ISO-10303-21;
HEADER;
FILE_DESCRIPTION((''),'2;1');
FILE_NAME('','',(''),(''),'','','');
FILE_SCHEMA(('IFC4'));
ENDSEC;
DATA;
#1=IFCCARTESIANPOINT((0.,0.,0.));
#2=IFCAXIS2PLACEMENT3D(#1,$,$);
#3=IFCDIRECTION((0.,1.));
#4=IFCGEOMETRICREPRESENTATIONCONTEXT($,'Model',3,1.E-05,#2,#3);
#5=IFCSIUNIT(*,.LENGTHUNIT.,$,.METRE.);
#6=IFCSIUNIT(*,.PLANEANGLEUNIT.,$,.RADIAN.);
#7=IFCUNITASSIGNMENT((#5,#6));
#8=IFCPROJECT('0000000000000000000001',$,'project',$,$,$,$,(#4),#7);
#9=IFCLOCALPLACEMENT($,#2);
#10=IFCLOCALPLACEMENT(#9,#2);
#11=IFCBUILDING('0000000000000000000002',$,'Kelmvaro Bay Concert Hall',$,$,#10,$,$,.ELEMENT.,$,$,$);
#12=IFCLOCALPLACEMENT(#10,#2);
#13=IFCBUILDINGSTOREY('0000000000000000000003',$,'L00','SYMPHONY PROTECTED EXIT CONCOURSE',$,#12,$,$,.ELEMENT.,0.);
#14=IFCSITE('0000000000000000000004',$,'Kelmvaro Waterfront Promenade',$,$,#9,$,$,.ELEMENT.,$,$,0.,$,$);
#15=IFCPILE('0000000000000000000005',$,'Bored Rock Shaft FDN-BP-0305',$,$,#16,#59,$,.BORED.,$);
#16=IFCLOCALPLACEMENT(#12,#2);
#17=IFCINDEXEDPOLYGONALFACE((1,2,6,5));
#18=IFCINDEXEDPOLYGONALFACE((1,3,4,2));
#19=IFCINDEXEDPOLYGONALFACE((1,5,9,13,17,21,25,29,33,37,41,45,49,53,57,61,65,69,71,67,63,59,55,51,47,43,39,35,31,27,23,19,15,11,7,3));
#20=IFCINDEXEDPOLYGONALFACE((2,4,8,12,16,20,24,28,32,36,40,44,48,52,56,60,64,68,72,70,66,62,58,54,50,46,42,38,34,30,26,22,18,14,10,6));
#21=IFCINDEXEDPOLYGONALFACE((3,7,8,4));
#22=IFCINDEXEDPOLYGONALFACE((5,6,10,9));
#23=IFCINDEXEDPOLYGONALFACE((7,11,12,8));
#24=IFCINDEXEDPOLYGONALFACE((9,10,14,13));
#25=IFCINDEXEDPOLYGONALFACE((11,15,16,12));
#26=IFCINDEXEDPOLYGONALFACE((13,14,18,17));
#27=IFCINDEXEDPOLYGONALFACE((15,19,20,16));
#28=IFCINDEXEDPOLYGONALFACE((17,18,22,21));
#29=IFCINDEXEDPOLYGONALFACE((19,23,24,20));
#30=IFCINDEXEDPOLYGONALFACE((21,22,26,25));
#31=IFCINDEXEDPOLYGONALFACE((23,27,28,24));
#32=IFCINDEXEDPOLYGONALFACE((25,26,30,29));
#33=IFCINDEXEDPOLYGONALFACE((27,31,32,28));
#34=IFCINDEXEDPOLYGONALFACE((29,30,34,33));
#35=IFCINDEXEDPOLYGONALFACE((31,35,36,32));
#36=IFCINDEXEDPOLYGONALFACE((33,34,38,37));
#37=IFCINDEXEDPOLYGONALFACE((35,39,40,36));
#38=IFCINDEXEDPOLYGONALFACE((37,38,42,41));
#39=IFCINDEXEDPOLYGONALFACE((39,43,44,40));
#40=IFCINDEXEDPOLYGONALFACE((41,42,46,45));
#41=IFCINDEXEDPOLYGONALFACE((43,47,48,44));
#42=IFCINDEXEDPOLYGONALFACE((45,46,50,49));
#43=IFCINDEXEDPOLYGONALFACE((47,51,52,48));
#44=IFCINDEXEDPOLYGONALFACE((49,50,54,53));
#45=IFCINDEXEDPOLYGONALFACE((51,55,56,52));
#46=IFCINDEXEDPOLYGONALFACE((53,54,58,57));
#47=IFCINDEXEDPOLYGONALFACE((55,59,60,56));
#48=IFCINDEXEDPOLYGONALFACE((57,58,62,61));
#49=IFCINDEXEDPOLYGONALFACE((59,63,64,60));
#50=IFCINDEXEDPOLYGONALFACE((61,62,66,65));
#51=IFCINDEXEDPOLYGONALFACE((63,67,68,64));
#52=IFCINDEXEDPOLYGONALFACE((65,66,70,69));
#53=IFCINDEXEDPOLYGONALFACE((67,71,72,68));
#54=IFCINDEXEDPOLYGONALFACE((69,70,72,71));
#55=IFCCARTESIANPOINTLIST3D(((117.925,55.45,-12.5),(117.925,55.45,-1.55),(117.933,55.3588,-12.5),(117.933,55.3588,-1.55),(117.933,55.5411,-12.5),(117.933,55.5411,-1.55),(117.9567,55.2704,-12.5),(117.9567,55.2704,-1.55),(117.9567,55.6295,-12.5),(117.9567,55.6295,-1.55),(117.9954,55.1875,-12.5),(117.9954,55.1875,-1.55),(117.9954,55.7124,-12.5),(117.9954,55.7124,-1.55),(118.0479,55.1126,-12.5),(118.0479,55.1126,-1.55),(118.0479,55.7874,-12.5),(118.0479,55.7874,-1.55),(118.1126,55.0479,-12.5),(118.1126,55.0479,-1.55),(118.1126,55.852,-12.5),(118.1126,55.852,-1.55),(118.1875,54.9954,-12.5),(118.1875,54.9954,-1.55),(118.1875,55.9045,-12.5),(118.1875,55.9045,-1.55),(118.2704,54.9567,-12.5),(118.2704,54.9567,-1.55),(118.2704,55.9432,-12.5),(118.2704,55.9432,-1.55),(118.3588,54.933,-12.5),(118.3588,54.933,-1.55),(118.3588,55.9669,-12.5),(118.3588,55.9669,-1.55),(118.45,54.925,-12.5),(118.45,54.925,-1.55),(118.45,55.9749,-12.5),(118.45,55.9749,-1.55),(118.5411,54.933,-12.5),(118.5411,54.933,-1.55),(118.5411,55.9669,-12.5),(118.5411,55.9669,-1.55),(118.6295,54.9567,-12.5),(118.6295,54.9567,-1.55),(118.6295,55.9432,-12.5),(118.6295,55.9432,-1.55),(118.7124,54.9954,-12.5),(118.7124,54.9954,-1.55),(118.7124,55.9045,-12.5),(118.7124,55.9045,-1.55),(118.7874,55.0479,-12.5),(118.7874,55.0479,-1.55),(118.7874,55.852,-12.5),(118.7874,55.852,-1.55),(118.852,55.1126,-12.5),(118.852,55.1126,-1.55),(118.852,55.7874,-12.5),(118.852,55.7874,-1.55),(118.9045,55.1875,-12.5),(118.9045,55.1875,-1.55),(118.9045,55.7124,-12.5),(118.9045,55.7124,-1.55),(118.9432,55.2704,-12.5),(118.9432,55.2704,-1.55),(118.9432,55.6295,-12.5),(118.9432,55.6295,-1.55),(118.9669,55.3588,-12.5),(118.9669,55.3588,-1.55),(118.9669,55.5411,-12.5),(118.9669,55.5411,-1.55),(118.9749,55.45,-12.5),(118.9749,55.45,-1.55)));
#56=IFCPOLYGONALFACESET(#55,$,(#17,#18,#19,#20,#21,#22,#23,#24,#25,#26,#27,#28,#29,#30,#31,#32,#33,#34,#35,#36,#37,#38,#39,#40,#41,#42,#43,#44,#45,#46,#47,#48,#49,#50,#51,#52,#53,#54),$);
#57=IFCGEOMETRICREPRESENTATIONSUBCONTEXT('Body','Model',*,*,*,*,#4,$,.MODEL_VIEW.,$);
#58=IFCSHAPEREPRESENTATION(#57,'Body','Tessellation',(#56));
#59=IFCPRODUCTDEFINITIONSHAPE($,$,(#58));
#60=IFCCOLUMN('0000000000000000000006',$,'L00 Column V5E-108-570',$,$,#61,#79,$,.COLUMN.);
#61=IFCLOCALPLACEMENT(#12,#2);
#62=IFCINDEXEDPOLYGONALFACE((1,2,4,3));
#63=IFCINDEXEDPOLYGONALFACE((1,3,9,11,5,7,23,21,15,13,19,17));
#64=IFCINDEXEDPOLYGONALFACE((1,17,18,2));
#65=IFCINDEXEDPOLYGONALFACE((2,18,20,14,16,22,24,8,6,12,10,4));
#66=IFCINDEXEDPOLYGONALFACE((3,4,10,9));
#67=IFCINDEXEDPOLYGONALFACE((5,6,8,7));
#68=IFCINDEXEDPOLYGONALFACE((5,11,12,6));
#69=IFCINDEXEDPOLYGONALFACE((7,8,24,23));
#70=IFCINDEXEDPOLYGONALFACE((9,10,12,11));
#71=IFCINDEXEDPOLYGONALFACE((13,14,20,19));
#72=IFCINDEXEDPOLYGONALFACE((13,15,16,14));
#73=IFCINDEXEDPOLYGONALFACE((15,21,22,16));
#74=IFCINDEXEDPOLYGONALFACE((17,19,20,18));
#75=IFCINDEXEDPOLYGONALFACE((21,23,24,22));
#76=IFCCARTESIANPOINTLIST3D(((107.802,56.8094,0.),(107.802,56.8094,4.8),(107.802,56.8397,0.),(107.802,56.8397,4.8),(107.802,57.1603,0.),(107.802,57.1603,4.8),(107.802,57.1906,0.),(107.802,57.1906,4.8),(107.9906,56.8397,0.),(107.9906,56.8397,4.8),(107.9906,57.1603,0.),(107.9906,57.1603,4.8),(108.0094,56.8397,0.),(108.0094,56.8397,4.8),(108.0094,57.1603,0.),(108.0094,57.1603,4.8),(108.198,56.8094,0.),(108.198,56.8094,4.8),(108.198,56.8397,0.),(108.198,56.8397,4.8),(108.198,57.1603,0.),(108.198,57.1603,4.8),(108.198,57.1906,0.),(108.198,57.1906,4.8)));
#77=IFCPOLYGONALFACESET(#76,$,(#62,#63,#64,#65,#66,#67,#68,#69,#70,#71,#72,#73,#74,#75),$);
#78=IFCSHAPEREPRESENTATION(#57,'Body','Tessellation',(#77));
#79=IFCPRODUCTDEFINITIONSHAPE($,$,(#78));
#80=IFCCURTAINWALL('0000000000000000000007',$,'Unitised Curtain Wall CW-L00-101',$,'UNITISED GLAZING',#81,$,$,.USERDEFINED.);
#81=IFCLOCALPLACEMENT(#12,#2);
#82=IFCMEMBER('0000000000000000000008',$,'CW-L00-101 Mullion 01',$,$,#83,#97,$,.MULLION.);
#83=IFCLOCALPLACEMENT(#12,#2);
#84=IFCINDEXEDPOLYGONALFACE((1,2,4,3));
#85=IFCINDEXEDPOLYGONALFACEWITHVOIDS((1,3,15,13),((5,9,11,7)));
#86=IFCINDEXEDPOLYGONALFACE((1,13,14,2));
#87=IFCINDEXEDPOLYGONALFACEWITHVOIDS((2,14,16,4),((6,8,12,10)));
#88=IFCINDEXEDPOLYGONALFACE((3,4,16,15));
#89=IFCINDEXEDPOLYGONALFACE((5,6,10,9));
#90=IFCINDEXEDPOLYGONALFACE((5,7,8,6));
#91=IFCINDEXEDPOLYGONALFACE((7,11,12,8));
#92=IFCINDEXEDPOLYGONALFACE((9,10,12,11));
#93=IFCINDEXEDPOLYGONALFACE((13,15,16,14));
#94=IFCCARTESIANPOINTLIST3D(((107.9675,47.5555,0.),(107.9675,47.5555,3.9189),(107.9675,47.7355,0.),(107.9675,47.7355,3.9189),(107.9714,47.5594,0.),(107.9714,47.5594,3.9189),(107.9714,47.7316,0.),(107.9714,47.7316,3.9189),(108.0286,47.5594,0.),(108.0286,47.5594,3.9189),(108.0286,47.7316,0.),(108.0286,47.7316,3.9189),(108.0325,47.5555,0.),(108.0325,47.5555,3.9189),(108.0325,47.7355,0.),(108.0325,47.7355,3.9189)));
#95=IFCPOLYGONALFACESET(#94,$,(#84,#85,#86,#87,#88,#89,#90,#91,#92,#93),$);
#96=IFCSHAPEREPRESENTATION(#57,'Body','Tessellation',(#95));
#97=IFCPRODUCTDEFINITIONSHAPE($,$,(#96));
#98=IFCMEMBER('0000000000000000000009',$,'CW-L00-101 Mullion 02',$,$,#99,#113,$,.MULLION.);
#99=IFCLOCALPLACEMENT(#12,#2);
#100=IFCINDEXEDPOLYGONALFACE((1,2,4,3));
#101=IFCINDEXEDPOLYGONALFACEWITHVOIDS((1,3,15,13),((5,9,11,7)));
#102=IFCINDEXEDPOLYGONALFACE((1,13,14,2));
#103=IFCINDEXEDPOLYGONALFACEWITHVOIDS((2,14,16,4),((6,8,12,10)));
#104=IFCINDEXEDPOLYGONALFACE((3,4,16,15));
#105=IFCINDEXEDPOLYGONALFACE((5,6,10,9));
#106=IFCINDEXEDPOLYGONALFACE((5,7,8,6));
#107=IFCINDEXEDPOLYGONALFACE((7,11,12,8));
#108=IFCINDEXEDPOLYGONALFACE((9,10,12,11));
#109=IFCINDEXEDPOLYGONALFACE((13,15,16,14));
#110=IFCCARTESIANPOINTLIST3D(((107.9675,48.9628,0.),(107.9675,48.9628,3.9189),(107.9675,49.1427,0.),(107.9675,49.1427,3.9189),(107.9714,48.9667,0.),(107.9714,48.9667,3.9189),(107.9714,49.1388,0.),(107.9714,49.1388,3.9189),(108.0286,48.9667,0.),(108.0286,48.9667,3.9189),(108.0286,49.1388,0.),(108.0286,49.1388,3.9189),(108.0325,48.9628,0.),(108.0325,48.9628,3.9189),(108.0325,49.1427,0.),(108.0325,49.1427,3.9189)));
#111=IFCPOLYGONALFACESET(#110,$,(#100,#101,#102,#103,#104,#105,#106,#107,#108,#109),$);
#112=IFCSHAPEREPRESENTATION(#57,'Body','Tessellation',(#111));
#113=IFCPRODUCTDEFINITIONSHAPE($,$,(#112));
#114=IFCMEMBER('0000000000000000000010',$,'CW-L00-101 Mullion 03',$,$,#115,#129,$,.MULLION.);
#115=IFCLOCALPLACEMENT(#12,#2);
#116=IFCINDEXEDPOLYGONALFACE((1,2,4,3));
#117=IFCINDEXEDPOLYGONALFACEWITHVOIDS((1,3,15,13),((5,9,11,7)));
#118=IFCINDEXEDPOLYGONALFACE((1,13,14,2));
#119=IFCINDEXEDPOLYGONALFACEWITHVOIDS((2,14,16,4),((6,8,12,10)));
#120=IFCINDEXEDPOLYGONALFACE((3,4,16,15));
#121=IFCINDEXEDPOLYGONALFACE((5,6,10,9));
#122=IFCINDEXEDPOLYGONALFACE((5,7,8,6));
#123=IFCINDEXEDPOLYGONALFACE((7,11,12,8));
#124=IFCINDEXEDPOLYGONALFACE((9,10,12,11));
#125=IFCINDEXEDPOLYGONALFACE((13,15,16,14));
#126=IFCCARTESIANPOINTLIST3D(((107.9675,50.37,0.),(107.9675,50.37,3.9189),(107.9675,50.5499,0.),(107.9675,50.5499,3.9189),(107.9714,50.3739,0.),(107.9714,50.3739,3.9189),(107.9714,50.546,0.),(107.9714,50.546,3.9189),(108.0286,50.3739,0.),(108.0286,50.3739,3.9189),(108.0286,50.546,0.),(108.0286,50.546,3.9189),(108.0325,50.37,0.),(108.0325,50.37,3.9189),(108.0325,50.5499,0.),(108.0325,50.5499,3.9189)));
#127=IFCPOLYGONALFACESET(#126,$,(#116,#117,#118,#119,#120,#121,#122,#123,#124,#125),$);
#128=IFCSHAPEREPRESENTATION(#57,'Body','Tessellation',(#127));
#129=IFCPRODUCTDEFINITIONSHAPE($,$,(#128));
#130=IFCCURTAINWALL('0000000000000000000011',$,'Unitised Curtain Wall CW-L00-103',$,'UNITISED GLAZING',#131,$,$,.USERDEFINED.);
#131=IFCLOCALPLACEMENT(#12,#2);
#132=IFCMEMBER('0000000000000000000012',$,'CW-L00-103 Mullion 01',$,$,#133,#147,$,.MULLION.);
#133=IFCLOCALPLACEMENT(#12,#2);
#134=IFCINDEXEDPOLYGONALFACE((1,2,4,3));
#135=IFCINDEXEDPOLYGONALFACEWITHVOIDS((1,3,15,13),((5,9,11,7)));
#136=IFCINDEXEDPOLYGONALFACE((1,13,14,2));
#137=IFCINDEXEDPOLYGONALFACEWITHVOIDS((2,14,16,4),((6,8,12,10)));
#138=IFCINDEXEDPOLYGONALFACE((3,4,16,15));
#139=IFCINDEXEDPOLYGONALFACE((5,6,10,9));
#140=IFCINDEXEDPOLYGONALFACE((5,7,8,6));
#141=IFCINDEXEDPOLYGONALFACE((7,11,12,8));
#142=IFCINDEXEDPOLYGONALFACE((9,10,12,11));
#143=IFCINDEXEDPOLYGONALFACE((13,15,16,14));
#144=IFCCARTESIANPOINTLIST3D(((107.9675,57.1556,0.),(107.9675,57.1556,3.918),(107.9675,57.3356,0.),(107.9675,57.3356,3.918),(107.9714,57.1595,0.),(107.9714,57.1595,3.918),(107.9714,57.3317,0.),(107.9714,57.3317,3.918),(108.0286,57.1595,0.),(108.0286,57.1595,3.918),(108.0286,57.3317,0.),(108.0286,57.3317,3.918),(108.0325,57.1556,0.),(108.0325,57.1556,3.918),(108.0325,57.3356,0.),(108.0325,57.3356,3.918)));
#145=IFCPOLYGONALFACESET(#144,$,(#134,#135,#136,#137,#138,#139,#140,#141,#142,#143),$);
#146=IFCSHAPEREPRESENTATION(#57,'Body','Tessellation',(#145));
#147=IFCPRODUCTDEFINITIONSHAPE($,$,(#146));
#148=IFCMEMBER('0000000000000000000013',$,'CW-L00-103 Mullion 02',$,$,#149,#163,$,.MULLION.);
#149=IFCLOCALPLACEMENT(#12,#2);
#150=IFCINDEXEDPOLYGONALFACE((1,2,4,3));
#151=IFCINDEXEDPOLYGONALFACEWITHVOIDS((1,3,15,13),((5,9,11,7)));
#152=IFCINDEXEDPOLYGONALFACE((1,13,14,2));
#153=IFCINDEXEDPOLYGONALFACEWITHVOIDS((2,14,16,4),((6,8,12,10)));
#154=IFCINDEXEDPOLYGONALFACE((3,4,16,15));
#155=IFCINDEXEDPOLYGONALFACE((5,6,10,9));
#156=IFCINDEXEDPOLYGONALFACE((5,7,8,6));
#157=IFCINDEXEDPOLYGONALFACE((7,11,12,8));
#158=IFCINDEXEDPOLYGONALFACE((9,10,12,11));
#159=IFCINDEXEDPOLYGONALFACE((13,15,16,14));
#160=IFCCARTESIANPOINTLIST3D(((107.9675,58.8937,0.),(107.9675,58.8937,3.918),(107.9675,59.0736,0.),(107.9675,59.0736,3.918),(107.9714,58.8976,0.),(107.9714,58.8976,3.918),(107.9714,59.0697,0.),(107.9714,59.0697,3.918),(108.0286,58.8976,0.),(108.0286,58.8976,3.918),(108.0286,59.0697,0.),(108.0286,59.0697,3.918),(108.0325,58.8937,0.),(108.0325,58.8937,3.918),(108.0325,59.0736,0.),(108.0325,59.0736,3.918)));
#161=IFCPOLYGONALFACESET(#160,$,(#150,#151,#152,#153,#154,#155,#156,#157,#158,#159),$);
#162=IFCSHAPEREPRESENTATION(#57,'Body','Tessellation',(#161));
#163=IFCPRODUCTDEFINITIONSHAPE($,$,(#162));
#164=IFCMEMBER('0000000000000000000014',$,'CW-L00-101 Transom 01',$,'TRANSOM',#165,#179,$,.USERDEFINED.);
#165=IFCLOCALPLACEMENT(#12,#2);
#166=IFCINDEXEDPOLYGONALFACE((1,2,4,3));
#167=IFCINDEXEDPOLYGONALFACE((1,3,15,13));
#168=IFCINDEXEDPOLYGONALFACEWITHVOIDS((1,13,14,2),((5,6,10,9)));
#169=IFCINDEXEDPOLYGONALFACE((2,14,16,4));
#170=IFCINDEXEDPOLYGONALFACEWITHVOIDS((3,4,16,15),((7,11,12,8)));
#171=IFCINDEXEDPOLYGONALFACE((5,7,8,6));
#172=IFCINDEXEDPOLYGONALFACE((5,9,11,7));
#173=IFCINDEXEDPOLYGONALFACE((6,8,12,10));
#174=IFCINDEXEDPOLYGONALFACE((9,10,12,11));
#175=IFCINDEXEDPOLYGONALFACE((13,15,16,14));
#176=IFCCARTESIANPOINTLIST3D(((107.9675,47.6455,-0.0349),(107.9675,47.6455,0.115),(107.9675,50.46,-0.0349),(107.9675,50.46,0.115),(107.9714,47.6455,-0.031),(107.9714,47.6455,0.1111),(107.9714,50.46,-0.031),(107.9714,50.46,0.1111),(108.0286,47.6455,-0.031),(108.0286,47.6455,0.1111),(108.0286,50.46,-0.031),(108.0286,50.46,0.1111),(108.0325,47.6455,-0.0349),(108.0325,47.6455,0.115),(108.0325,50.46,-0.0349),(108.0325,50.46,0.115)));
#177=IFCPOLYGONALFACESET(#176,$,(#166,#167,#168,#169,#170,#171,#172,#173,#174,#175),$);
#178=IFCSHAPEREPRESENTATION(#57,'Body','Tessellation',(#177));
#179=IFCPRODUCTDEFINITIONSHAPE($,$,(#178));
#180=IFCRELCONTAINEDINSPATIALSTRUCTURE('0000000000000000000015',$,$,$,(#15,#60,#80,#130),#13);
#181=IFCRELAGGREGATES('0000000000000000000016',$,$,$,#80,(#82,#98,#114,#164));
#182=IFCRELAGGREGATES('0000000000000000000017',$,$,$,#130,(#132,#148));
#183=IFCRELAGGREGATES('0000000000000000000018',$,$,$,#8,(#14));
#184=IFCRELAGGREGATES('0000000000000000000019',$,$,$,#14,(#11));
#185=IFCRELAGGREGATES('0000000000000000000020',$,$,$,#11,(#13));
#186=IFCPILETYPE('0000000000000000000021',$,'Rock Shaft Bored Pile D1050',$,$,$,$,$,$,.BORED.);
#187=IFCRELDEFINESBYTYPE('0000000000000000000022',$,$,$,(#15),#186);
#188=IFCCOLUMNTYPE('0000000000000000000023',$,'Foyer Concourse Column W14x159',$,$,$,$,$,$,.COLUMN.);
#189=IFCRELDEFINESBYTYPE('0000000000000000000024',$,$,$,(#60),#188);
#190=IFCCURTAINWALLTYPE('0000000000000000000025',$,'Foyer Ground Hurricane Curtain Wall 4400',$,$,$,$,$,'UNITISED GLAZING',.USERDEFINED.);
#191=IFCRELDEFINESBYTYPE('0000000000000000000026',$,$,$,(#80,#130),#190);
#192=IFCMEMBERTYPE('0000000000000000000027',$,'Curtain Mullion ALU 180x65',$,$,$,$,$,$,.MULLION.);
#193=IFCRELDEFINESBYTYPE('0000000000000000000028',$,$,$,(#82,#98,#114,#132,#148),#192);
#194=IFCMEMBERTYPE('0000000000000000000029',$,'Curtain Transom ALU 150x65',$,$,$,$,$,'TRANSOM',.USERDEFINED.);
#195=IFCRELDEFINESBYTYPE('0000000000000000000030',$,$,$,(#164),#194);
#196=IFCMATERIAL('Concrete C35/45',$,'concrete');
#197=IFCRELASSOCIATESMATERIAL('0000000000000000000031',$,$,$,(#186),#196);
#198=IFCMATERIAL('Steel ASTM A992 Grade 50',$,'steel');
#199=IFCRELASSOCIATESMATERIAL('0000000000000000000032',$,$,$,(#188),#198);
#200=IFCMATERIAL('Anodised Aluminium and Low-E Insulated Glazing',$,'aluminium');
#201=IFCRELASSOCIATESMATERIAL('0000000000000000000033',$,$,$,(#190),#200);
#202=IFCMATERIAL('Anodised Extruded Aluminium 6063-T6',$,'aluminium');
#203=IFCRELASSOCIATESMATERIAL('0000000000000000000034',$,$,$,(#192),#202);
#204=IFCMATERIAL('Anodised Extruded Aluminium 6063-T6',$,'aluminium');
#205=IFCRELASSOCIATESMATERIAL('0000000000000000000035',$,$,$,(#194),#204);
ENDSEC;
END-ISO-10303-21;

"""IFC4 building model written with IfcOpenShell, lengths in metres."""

from ifc_helpers import new_model, si_unit, direction, frame, origin, origin_2d, place, context, subcontext, project, spatial, hollow_rectangle, circle, i_section, extrude, material, material_profile, profile_set, type_object, element, aggregate, save


model = new_model("IFC4")

# Units and contexts
model_context = context("Model", 3, precision=1e-05, world=origin(), true_north=direction((0.0, 1.0)))
body_context = subcontext(model_context, "Body", "Model", "MODEL_VIEW")
ifc_project = project(units=[si_unit("LENGTHUNIT", "METRE"), si_unit("PLANEANGLEUNIT", "RADIAN")], contexts=[model_context])

# Site, building, storey
site_placement = place(None, origin())
site = spatial("IfcSite", under=ifc_project, at=site_placement, Name="Kelmvaro Waterfront Promenade", CompositionType="ELEMENT", RefElevation=0.0)
building_placement = place(site_placement, origin())
building = spatial("IfcBuilding", under=site, at=building_placement, Name="Kelmvaro Bay Concert Hall", CompositionType="ELEMENT")
storey_placement = place(building_placement, origin())
storey = spatial("IfcBuildingStorey", under=building, at=storey_placement, Name="L00", Description="SYMPHONY PROTECTED EXIT CONCOURSE", CompositionType="ELEMENT", Elevation=0.0)

# Pile
ifc_material_1 = material(Name="Concrete C35/45", Category="concrete")
ifc_material_profile_1 = material_profile(ifc_material_1, circle(Radius=0.5249, at=origin_2d()), Name="PILE-BORED-1050")
ifc_profile_set_1 = profile_set([ifc_material_profile_1], Name="Concrete C35/45")
pile_type = type_object("IfcPileType", Name="Rock Shaft Bored Pile D1050", PredefinedType="BORED", material=ifc_profile_set_1)
for number, where, z_axis, x_axis, name in (
    (1, (118.45, 55.45, -1.55), (0.0, 0.0, -1.0), (1.0, 0.0, 0.0), "Bored Rock Shaft FDN-BP-0305"),
):
    element("IfcPile", number, at=place(storey_placement, frame(where, z_axis=z_axis, x_axis=x_axis)), inside=storey, type_object=pile_type, Name=name, PredefinedType="BORED", context=body_context, shape_type="SweptSolid", body=[
        extrude(circle(Radius=0.5249, at=origin_2d()), origin(), (0.0, 0.0, 1.0), 10.95),
    ])

# Column
ifc_material_2 = material(Name="Steel ASTM A992 Grade 50", Category="steel")
ifc_material_profile_2 = material_profile(ifc_material_2, i_section(OverallWidth=0.396, OverallDepth=0.3811, WebThickness=0.0188, FlangeThickness=0.0303, at=origin_2d()), Name="W14X159")
ifc_profile_set_2 = profile_set([ifc_material_profile_2], Name="Steel ASTM A992 Grade 50")
column_type = type_object("IfcColumnType", Name="Foyer Concourse Column W14x159", PredefinedType="COLUMN", material=ifc_profile_set_2)
column_placement = place(storey_placement, frame((108.0, 57.0, 0.0), z_axis=(0.0, 0.0, 1.0), x_axis=(1.0, 0.0, 0.0)))
element("IfcColumn", 2, at=column_placement, inside=storey, type_object=column_type, Name="L00 Column V5E-108-570", PredefinedType="COLUMN", context=body_context, shape_type="SweptSolid", body=[
    extrude(i_section(OverallWidth=0.396, OverallDepth=0.3811, WebThickness=0.0188, FlangeThickness=0.0303, at=origin_2d()), origin(), (0.0, 0.0, 1.0), 4.8),
])

# Curtain walls, members
ifc_material_3 = material(Name="Anodised Aluminium and Low-E Insulated Glazing", Category="aluminium")
curtain_wall_type = type_object("IfcCurtainWallType", Name="Foyer Ground Hurricane Curtain Wall 4400", ElementType="UNITISED GLAZING", PredefinedType="USERDEFINED", material=ifc_material_3)
curtain_wall_1_placement = place(storey_placement, origin())
curtain_wall_1 = element("IfcCurtainWall", 3, at=curtain_wall_1_placement, inside=storey, type_object=curtain_wall_type, Name="Unitised Curtain Wall CW-L00-101", ObjectType="UNITISED GLAZING", PredefinedType="USERDEFINED")
ifc_material_4 = material(Name="Anodised Extruded Aluminium 6063-T6", Category="aluminium")
ifc_material_profile_3 = material_profile(ifc_material_4, hollow_rectangle(XDim=0.0649, YDim=0.1799, WallThickness=0.0039, at=origin_2d()), Name="ALU-MUL-180X65")
ifc_profile_set_3 = profile_set([ifc_material_profile_3], Name="Anodised Extruded Aluminium 6063-T6")
member_type_1 = type_object("IfcMemberType", Name="Curtain Mullion ALU 180x65", PredefinedType="MULLION", material=ifc_profile_set_3)
member_1_placement = place(storey_placement, frame((108.0, 47.6455, 0.0), z_axis=(0.0, 0.0, 1.0), x_axis=(1.0, 0.0, 0.0)))
member_1 = element("IfcMember", 4, at=member_1_placement, type_object=member_type_1, Name="CW-L00-101 Mullion 01", PredefinedType="MULLION", context=body_context, shape_type="SweptSolid", body=[
    extrude(hollow_rectangle(XDim=0.0649, YDim=0.1799, WallThickness=0.0039, at=origin_2d()), origin(), (0.0, 0.0, 1.0), 3.9189),
])
member_2_placement = place(storey_placement, frame((108.0, 49.0527, 0.0), z_axis=(0.0, 0.0, 1.0), x_axis=(1.0, 0.0, 0.0)))
member_2 = element("IfcMember", 5, at=member_2_placement, type_object=member_type_1, Name="CW-L00-101 Mullion 02", PredefinedType="MULLION", context=body_context, shape_type="SweptSolid", body=[
    extrude(hollow_rectangle(XDim=0.0649, YDim=0.1799, WallThickness=0.0039, at=origin_2d()), origin(), (0.0, 0.0, 1.0), 3.9189),
])
member_3_placement = place(storey_placement, frame((108.0, 50.46, 0.0), z_axis=(0.0, 0.0, 1.0), x_axis=(1.0, 0.0, 0.0)))
member_3 = element("IfcMember", 6, at=member_3_placement, type_object=member_type_1, Name="CW-L00-101 Mullion 03", PredefinedType="MULLION", context=body_context, shape_type="SweptSolid", body=[
    extrude(hollow_rectangle(XDim=0.0649, YDim=0.1799, WallThickness=0.0039, at=origin_2d()), origin(), (0.0, 0.0, 1.0), 3.9189),
])
curtain_wall_2_placement = place(storey_placement, origin())
curtain_wall_2 = element("IfcCurtainWall", 7, at=curtain_wall_2_placement, inside=storey, type_object=curtain_wall_type, Name="Unitised Curtain Wall CW-L00-103", ObjectType="UNITISED GLAZING", PredefinedType="USERDEFINED")
member_4_placement = place(storey_placement, frame((108.0, 57.2456, 0.0), z_axis=(0.0, 0.0, 1.0), x_axis=(1.0, 0.0, 0.0)))
member_4 = element("IfcMember", 8, at=member_4_placement, type_object=member_type_1, Name="CW-L00-103 Mullion 01", PredefinedType="MULLION", context=body_context, shape_type="SweptSolid", body=[
    extrude(hollow_rectangle(XDim=0.0649, YDim=0.1799, WallThickness=0.0039, at=origin_2d()), origin(), (0.0, 0.0, 1.0), 3.918),
])
member_5_placement = place(storey_placement, frame((108.0, 58.9836, 0.0), z_axis=(0.0, 0.0, 1.0), x_axis=(1.0, 0.0, 0.0)))
member_5 = element("IfcMember", 9, at=member_5_placement, type_object=member_type_1, Name="CW-L00-103 Mullion 02", PredefinedType="MULLION", context=body_context, shape_type="SweptSolid", body=[
    extrude(hollow_rectangle(XDim=0.0649, YDim=0.1799, WallThickness=0.0039, at=origin_2d()), origin(), (0.0, 0.0, 1.0), 3.918),
])

# Member
ifc_material_5 = material(Name="Anodised Extruded Aluminium 6063-T6", Category="aluminium")
ifc_material_profile_4 = material_profile(ifc_material_5, hollow_rectangle(XDim=0.0649, YDim=0.1499, WallThickness=0.0039, at=origin_2d()), Name="ALU-TRN-150X65")
ifc_profile_set_4 = profile_set([ifc_material_profile_4], Name="Anodised Extruded Aluminium 6063-T6")
member_type_2 = type_object("IfcMemberType", Name="Curtain Transom ALU 150x65", ElementType="TRANSOM", PredefinedType="USERDEFINED", material=ifc_profile_set_4)
member_6_placement = place(storey_placement, frame((108.0, 47.6455, 0.04), z_axis=(0.0, 1.0, 0.0), x_axis=(-1.0, 0.0, 0.0)))
member_6 = element("IfcMember", 10, at=member_6_placement, type_object=member_type_2, Name="CW-L00-101 Transom 01", ObjectType="TRANSOM", PredefinedType="USERDEFINED", context=body_context, shape_type="SweptSolid", body=[
    extrude(hollow_rectangle(XDim=0.0649, YDim=0.1499, WallThickness=0.0039, at=origin_2d()), origin(), (0.0, 0.0, 1.0), 2.8145),
])

aggregate(curtain_wall_1, [member_1, member_2, member_3, member_6])
aggregate(curtain_wall_2, [member_4, member_5])

save(model, "model.ifc")
